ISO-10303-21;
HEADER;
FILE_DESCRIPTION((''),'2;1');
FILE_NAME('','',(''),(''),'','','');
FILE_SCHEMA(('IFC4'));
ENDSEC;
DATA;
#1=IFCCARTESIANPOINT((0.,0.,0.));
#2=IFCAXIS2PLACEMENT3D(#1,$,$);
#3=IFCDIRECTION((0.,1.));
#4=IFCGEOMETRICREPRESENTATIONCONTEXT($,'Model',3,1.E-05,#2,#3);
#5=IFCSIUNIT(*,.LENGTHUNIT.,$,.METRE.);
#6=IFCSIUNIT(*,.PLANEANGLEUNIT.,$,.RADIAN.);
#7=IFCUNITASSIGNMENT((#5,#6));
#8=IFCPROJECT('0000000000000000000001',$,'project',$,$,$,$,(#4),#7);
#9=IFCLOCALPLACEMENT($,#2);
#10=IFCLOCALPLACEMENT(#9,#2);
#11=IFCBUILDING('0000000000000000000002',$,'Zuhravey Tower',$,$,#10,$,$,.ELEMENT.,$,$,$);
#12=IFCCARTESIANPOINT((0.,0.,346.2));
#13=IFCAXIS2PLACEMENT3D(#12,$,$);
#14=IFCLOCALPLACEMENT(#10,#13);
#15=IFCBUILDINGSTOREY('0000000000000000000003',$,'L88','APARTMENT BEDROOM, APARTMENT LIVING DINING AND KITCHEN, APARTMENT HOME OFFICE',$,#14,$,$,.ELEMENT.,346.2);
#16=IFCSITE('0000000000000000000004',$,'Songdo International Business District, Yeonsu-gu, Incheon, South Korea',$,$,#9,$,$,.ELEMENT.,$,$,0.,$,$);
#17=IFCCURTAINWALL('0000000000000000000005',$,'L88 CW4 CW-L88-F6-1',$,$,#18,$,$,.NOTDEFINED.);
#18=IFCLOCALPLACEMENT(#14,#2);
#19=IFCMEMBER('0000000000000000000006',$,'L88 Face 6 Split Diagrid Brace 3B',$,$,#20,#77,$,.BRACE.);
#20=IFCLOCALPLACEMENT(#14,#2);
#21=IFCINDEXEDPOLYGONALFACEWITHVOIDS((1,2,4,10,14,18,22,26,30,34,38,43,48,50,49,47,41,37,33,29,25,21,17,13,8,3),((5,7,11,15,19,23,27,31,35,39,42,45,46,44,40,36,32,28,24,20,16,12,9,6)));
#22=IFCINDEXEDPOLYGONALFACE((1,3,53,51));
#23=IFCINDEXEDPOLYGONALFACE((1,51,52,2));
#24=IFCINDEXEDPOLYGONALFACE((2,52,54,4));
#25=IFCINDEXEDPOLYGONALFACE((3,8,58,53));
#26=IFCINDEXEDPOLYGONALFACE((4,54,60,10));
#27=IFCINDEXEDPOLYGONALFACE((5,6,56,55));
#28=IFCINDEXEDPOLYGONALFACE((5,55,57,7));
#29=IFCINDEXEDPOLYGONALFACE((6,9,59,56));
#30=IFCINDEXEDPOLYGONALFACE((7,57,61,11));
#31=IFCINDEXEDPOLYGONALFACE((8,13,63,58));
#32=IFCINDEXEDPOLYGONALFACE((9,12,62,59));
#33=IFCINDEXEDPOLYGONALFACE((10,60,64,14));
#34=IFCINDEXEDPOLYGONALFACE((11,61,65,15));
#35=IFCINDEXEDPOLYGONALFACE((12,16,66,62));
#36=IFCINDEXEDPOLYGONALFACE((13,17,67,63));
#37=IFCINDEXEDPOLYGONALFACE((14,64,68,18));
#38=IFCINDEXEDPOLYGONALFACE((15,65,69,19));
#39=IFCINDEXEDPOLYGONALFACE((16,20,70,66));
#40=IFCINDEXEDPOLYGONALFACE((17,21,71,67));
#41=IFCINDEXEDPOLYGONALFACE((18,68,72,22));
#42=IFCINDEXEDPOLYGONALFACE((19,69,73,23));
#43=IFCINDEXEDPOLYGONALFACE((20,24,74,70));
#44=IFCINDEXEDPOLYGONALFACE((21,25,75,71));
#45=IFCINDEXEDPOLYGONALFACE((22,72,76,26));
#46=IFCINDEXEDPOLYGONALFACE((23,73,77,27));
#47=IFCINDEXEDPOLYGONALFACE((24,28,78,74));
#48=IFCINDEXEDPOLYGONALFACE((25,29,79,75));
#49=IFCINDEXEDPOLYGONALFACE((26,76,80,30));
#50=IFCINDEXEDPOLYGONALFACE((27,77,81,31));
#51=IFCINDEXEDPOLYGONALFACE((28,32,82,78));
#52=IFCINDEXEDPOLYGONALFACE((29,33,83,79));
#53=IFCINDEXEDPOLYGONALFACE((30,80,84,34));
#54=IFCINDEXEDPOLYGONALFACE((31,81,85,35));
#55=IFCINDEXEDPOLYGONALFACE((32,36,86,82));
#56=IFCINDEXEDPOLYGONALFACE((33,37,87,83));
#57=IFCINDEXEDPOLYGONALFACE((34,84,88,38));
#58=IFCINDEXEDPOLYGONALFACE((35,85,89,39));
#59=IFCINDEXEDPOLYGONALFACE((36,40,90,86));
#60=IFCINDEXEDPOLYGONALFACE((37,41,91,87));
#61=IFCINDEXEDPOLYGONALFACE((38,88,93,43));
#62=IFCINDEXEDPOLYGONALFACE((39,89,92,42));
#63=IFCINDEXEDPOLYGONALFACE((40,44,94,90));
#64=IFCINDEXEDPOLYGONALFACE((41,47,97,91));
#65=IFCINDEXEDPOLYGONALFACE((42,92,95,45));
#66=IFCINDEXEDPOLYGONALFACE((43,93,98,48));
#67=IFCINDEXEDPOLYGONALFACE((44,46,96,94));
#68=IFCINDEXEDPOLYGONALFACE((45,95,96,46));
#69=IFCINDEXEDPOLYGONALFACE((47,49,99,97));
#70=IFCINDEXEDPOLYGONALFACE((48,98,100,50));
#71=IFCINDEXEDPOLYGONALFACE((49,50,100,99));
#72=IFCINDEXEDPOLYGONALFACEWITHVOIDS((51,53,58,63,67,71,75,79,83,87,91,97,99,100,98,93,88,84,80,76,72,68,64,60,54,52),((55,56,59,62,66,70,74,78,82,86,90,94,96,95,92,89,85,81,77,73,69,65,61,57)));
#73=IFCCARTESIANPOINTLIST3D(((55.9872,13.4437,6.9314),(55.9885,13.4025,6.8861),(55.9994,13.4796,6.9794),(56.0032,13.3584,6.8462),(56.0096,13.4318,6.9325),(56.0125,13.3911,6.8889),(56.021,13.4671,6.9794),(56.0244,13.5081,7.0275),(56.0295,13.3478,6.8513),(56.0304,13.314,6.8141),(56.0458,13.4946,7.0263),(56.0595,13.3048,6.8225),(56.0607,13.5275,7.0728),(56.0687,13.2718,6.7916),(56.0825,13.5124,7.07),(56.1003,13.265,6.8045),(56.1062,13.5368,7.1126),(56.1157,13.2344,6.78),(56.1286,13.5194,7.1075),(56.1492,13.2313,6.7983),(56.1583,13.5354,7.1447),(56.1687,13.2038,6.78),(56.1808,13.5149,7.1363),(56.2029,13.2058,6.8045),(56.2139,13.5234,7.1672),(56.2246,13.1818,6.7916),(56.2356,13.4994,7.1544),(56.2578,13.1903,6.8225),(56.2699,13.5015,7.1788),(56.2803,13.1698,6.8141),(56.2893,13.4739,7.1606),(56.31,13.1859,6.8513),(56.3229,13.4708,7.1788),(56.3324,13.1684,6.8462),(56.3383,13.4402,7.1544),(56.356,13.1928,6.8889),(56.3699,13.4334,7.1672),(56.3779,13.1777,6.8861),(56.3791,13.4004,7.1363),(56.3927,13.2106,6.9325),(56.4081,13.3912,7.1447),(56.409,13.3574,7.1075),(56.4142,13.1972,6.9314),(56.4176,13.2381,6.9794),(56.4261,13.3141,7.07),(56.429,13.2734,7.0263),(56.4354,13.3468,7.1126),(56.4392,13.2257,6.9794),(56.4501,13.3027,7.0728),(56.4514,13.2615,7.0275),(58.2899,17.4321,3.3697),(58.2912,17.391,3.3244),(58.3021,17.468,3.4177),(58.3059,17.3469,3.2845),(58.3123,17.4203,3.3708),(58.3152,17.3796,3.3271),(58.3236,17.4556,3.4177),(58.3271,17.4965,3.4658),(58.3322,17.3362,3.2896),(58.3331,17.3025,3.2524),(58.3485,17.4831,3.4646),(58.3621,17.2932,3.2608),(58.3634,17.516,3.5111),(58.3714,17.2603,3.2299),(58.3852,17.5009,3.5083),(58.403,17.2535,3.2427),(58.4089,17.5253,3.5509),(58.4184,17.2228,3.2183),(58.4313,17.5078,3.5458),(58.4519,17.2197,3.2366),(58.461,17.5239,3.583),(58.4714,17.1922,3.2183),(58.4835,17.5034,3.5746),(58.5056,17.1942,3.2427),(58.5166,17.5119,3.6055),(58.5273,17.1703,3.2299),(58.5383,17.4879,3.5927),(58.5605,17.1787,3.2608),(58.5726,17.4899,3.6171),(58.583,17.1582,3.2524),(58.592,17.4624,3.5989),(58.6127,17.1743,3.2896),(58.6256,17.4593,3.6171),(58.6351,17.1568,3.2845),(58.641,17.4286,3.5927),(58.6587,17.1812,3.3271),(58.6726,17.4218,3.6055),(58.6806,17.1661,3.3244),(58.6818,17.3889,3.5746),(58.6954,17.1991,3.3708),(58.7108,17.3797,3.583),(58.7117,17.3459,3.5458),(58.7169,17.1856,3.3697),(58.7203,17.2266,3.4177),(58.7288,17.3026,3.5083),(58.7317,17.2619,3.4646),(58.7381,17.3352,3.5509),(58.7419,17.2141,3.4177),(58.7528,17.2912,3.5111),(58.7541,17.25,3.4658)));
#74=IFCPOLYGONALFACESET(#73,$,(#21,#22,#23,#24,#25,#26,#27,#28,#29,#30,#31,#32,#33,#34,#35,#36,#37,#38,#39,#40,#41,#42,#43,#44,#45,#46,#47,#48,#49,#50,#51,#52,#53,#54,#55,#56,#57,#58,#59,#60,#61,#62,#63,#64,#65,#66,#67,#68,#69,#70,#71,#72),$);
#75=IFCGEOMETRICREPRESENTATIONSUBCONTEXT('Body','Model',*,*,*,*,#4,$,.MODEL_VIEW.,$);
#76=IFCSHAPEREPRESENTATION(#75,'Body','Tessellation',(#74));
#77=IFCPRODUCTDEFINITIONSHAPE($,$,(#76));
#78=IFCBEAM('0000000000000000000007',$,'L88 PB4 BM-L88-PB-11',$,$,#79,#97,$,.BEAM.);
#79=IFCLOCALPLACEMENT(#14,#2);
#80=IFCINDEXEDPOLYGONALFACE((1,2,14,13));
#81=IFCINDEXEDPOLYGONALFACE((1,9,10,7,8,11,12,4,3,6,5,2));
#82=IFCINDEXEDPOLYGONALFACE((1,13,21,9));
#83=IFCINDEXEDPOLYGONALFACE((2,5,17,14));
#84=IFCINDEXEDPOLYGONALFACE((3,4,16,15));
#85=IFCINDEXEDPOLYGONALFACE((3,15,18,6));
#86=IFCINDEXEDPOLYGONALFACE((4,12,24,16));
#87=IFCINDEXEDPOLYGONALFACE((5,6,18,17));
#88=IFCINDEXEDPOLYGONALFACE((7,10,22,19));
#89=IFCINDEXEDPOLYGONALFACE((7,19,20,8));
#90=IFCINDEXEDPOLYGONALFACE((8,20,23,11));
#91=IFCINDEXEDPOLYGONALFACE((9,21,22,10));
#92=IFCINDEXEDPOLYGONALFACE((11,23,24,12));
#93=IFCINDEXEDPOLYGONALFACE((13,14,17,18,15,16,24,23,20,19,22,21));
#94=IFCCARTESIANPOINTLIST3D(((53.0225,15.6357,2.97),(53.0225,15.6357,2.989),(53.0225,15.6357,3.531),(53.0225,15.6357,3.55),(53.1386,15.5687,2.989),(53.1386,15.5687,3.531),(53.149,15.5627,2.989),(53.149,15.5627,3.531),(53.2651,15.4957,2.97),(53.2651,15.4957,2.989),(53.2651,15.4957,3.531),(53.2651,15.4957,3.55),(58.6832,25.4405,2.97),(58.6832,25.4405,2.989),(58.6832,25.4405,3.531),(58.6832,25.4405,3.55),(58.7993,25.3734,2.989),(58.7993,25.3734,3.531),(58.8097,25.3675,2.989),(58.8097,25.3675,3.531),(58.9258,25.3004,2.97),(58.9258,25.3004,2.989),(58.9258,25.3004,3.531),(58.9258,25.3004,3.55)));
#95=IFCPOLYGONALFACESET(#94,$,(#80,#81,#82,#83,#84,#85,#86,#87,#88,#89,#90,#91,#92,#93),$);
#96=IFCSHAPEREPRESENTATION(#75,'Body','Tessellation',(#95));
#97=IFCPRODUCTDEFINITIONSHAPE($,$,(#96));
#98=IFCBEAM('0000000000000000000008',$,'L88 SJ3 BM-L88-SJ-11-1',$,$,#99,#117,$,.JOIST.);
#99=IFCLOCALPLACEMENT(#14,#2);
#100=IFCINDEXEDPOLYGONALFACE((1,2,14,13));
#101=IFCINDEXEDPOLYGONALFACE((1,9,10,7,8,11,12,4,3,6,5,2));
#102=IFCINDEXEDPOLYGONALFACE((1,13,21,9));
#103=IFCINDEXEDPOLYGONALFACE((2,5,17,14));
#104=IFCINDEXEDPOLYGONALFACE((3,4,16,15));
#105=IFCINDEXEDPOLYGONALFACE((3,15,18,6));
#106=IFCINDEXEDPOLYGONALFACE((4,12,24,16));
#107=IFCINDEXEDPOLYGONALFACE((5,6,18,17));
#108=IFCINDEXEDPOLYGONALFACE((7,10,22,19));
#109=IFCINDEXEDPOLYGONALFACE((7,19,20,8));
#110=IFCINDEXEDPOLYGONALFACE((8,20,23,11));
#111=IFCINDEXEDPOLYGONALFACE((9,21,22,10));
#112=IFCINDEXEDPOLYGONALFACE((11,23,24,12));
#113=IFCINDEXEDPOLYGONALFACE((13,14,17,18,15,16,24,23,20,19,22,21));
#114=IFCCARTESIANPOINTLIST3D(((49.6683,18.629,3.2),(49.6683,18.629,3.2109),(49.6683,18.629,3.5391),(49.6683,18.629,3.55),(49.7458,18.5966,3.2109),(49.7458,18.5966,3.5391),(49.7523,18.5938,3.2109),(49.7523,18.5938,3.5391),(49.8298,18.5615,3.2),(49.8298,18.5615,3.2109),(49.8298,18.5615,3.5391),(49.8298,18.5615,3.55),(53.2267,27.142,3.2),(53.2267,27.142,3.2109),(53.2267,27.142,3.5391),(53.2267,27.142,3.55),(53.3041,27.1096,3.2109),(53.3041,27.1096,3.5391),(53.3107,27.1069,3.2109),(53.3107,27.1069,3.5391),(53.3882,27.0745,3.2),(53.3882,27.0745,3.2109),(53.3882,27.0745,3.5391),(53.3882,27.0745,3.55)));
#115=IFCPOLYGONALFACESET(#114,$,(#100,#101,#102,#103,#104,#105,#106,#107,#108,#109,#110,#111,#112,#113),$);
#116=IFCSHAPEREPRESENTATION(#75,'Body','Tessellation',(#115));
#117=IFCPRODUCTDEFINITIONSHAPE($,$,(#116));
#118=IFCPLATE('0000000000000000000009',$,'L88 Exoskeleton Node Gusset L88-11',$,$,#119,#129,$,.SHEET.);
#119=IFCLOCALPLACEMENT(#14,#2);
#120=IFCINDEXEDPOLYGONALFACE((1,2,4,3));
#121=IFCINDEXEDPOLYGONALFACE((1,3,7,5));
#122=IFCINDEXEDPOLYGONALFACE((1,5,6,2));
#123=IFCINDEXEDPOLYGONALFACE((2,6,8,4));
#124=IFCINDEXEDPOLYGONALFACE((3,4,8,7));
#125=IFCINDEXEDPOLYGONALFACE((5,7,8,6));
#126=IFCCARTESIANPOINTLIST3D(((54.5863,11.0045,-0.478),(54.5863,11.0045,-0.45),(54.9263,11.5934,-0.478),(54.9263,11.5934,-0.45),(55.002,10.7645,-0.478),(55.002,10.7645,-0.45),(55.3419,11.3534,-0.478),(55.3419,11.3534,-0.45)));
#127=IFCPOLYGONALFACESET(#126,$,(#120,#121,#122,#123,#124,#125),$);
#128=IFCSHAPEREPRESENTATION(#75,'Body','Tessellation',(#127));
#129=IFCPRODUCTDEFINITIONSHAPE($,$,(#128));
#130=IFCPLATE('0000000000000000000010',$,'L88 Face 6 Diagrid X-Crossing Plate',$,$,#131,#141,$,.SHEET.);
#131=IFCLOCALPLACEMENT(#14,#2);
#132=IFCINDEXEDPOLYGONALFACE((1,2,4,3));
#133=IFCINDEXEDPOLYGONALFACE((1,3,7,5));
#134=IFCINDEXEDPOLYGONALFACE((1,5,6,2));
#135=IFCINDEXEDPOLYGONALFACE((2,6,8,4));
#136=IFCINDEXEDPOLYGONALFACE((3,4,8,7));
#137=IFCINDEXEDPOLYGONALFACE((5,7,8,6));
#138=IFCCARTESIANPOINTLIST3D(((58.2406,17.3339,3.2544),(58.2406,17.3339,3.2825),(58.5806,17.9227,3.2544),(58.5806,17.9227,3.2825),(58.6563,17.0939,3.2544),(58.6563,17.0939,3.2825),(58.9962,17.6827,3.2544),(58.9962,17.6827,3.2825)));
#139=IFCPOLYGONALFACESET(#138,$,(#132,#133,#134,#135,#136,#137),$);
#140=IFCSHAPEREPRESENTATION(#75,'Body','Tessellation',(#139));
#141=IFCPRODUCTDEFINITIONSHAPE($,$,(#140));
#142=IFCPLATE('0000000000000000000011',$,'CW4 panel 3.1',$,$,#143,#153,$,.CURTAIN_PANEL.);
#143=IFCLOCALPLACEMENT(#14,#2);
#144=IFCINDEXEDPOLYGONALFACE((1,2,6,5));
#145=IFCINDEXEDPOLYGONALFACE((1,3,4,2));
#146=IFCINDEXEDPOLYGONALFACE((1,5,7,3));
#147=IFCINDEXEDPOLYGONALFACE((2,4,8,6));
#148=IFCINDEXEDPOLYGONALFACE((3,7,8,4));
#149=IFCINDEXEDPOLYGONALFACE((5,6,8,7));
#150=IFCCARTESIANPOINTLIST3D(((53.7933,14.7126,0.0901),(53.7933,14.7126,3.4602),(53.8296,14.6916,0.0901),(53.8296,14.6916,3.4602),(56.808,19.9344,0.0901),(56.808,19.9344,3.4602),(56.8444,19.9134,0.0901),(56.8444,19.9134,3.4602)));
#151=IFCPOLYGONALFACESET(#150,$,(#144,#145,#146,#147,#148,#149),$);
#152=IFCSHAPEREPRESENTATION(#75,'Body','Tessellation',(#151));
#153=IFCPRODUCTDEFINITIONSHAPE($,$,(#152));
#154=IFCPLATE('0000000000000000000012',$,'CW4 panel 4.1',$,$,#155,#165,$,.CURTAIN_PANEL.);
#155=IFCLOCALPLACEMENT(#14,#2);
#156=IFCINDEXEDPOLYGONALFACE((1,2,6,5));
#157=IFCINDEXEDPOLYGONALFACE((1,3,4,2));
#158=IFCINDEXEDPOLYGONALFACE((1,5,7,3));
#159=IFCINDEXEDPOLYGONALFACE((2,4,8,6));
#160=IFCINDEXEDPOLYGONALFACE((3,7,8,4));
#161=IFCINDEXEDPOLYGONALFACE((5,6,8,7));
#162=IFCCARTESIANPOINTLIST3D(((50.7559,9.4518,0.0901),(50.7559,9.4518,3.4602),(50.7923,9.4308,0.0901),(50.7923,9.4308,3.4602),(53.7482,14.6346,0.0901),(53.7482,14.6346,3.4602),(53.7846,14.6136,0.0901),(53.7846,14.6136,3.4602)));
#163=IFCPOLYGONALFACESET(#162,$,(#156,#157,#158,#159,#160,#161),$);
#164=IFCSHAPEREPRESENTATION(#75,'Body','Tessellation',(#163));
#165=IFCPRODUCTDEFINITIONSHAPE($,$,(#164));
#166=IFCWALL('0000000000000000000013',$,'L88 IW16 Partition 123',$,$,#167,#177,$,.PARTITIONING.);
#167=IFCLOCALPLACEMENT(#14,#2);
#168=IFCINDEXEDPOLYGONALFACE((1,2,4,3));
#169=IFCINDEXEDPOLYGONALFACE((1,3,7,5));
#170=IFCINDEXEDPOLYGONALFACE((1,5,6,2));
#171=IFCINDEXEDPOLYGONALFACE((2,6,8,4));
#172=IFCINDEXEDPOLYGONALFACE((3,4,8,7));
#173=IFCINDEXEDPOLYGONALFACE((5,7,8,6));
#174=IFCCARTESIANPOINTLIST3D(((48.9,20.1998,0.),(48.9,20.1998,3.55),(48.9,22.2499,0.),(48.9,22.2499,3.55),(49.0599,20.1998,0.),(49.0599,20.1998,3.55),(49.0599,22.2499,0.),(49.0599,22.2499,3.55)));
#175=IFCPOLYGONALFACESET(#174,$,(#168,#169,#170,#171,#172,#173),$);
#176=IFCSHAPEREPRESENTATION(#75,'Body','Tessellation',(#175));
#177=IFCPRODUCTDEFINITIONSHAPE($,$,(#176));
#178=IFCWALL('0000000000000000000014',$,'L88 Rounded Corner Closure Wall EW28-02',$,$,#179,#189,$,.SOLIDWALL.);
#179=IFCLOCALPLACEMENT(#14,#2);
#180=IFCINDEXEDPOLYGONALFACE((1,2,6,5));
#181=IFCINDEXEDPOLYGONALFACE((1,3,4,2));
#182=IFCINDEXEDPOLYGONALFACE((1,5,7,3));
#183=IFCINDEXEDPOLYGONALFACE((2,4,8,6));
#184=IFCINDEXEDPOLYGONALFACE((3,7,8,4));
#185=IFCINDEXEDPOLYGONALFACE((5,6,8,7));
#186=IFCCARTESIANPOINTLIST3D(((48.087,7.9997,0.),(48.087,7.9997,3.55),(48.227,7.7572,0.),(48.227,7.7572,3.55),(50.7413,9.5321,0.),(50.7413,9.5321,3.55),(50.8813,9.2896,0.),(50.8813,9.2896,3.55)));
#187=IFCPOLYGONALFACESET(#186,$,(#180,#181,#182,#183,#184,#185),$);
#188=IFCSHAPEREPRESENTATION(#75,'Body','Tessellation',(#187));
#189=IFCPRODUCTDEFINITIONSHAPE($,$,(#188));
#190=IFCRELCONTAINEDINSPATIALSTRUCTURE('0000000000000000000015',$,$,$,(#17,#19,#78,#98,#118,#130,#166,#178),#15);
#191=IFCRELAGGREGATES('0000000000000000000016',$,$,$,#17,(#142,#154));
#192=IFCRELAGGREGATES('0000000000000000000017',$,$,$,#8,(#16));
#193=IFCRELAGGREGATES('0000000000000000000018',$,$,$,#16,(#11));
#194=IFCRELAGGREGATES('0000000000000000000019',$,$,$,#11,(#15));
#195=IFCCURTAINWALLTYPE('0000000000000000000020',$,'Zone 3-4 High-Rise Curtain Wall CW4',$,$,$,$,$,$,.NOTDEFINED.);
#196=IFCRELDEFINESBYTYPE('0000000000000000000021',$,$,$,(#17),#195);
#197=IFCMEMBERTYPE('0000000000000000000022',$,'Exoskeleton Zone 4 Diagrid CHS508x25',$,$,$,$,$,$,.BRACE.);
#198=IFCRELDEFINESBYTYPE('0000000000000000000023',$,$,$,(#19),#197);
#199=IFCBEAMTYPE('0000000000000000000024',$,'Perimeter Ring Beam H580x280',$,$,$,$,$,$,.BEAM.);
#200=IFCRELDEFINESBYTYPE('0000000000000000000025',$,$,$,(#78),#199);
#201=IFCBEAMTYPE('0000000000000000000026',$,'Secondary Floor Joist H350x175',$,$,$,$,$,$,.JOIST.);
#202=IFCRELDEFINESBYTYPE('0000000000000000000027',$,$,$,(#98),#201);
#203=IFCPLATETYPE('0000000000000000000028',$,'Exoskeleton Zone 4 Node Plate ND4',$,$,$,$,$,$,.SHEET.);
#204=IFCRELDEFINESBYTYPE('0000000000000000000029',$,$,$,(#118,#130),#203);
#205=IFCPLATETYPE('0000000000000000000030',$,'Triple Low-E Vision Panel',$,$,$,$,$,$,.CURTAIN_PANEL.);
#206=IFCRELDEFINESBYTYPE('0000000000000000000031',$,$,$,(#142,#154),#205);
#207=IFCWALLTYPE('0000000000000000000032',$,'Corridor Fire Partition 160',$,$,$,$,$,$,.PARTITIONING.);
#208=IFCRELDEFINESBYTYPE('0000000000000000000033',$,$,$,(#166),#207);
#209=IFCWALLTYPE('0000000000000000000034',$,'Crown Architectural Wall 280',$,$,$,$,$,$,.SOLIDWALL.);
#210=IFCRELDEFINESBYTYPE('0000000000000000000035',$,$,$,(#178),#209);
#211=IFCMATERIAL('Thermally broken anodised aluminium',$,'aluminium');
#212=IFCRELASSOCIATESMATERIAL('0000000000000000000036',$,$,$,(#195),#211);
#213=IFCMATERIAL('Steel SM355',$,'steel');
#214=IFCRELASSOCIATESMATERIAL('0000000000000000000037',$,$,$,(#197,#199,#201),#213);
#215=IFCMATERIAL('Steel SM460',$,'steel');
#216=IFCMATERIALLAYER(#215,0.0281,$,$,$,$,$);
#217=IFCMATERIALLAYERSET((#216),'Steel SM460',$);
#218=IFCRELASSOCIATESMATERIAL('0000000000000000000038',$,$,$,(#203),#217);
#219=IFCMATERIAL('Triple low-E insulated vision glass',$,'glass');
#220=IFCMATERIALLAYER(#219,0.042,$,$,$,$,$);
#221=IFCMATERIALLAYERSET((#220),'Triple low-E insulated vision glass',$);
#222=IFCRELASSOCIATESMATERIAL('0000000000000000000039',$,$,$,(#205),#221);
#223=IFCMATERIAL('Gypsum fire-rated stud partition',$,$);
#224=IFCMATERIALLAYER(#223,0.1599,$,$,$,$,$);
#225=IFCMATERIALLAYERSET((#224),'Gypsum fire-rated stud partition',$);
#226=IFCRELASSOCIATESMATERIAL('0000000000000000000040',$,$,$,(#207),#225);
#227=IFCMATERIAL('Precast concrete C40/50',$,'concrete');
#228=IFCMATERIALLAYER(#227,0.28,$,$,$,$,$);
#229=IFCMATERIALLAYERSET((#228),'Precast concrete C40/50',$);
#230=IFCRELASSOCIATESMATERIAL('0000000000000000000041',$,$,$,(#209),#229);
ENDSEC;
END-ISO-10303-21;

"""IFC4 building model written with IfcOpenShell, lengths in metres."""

from ifc_helpers import new_model, si_unit, direction, frame, frame_2d, origin, origin_2d, place, context, subcontext, project, spatial, rectangle, hollow_circle, i_section, extrude, material, layer, layer_set, material_profile, profile_set, type_object, element, aggregate, save


model = new_model("IFC4")

# Units and contexts
model_context = context("Model", 3, precision=1e-05, world=origin(), true_north=direction((0.0, 1.0)))
body_context = subcontext(model_context, "Body", "Model", "MODEL_VIEW")
ifc_project = project(units=[si_unit("LENGTHUNIT", "METRE"), si_unit("PLANEANGLEUNIT", "RADIAN")], contexts=[model_context])

# Site, building, storey
site_placement = place(None, origin())
site = spatial("IfcSite", under=ifc_project, at=site_placement, Name="Songdo International Business District, Yeonsu-gu, Incheon, South Korea", CompositionType="ELEMENT", RefElevation=0.0)
building_placement = place(site_placement, origin())
building = spatial("IfcBuilding", under=site, at=building_placement, Name="Zuhravey Tower", CompositionType="ELEMENT")
storey_placement = place(building_placement, frame((0.0, 0.0, 346.2)))
storey = spatial("IfcBuildingStorey", under=building, at=storey_placement, Name="L88", Description="APARTMENT BEDROOM, APARTMENT LIVING DINING AND KITCHEN, APARTMENT HOME OFFICE", CompositionType="ELEMENT", Elevation=346.2)

# Curtain wall
ifc_material_1 = material(Name="Thermally broken anodised aluminium", Category="aluminium")
curtain_wall_type = type_object("IfcCurtainWallType", Name="Zone 3-4 High-Rise Curtain Wall CW4", PredefinedType="NOTDEFINED", material=ifc_material_1)
curtain_wall_1_placement = place(storey_placement, origin())
curtain_wall_1 = element("IfcCurtainWall", 1, at=curtain_wall_1_placement, inside=storey, type_object=curtain_wall_type, Name="L88 CW4 CW-L88-F6-1", PredefinedType="NOTDEFINED")

# Member
ifc_material_2 = material(Name="Steel SM355", Category="steel")
ifc_material_profile_1 = material_profile(ifc_material_2, hollow_circle(Radius=0.2539, WallThickness=0.0249, at=origin_2d()), Name="CHS-508.0x25")
ifc_profile_set_1 = profile_set([ifc_material_profile_1], Name="Steel SM355")
member_type_1 = type_object("IfcMemberType", Name="Exoskeleton Zone 4 Diagrid CHS508x25", PredefinedType="BRACE", material=ifc_profile_set_1)
member_1_placement = place(storey_placement, frame((58.522, 17.3411, 3.4177), z_axis=(-0.395515, -0.685064, 0.611764), x_axis=(0.866029, -0.499993, 0.0)))
element("IfcMember", 2, at=member_1_placement, inside=storey, type_object=member_type_1, Name="L88 Face 6 Split Diagrid Brace 3B", PredefinedType="BRACE", context=body_context, shape_type="SweptSolid", body=[
    extrude(hollow_circle(Radius=0.2539, WallThickness=0.0249, at=origin_2d()), origin(), (0.0, 0.0, 1.0), 5.822),
])

# Beams
ifc_material_profile_2 = material_profile(ifc_material_2, i_section(OverallWidth=0.28, OverallDepth=0.5801, WebThickness=0.012, FlangeThickness=0.019, at=origin_2d()), Name="H-580x280x12x19")
ifc_profile_set_2 = profile_set([ifc_material_profile_2], Name="Steel SM355")
beam_type_1 = type_object("IfcBeamType", Name="Perimeter Ring Beam H580x280", PredefinedType="BEAM", material=ifc_profile_set_2)
beam_1_placement = place(storey_placement, frame((53.1438, 15.5657, 3.26), z_axis=(0.499994, 0.866029, 0.0), x_axis=(-0.866029, 0.499994, 0.0)))
element("IfcBeam", 3, at=beam_1_placement, inside=storey, type_object=beam_type_1, Name="L88 PB4 BM-L88-PB-11", PredefinedType="BEAM", context=body_context, shape_type="SweptSolid", body=[
    extrude(i_section(OverallWidth=0.28, OverallDepth=0.5801, WebThickness=0.012, FlangeThickness=0.019, at=origin_2d()), origin(), (0.0, 0.0, 1.0), 11.3215),
])
ifc_material_profile_3 = material_profile(ifc_material_2, i_section(OverallWidth=0.175, OverallDepth=0.3501, WebThickness=0.0071, FlangeThickness=0.011, at=origin_2d()), Name="H-350x175x7x11")
ifc_profile_set_3 = profile_set([ifc_material_profile_3], Name="Steel SM355")
beam_type_2 = type_object("IfcBeamType", Name="Secondary Floor Joist H350x175", PredefinedType="JOIST", material=ifc_profile_set_3)
beam_2_placement = place(storey_placement, frame((49.749, 18.5952, 3.375), z_axis=(0.385658, 0.922642, 0.0), x_axis=(-0.922642, 0.385658, 0.0)))
element("IfcBeam", 4, at=beam_2_placement, inside=storey, type_object=beam_type_2, Name="L88 SJ3 BM-L88-SJ-11-1", PredefinedType="JOIST", context=body_context, shape_type="SweptSolid", body=[
    extrude(i_section(OverallWidth=0.175, OverallDepth=0.3501, WebThickness=0.0071, FlangeThickness=0.011, at=origin_2d()), origin(), (0.0, 0.0, 1.0), 9.2268),
])

# Plates
ifc_material_3 = material(Name="Steel SM460", Category="steel")
ifc_layer_1 = layer(ifc_material_3, 0.0281)
ifc_layer_set_1 = layer_set([ifc_layer_1], Name="Steel SM460")
plate_type_1 = type_object("IfcPlateType", Name="Exoskeleton Zone 4 Node Plate ND4", PredefinedType="SHEET", material=ifc_layer_set_1)
for number, where, z_axis, x_axis, name in (
    (5, (54.9641, 11.179, -0.478), (0.0, 0.0, 1.0), (0.5, 0.866025, 0.0), "L88 Exoskeleton Node Gusset L88-11"),
    (6, (58.6184, 17.5083, 3.2544), (0.0, 0.0, 1.0), (0.5, 0.866025, 0.0), "L88 Face 6 Diagrid X-Crossing Plate"),
):
    element("IfcPlate", number, at=place(storey_placement, frame(where, z_axis=z_axis, x_axis=x_axis)), inside=storey, type_object=plate_type_1, Name=name, PredefinedType="SHEET", context=body_context, shape_type="SweptSolid", body=[
        extrude(rectangle(XDim=0.6799, YDim=0.48, at=origin_2d()), origin(), (0.0, 0.0, 1.0), 0.0281),
    ])

# Plates
ifc_material_4 = material(Name="Triple low-E insulated vision glass", Category="glass")
ifc_layer_2 = layer(ifc_material_4, 0.042)
ifc_layer_set_2 = layer_set([ifc_layer_2], Name="Triple low-E insulated vision glass")
plate_type_2 = type_object("IfcPlateType", Name="Triple Low-E Vision Panel", PredefinedType="CURTAIN_PANEL", material=ifc_layer_set_2)
plate_1_placement = place(storey_placement, frame((55.3188, 17.313, 0.0901), z_axis=(0.0, 0.0, 1.0), x_axis=(-0.5, -0.866026, 0.0)))
plate_1 = element("IfcPlate", 7, at=plate_1_placement, type_object=plate_type_2, Name="CW4 panel 3.1", PredefinedType="CURTAIN_PANEL", context=body_context, shape_type="SweptSolid", body=[
    extrude(rectangle(XDim=6.0295, YDim=0.042, at=origin_2d()), origin(), (0.0, 0.0, 1.0), 3.3701),
])
plate_2_placement = place(storey_placement, frame((52.2703, 12.0327, 0.0901), z_axis=(0.0, 0.0, 1.0), x_axis=(-0.5, -0.866026, 0.0)))
plate_2 = element("IfcPlate", 8, at=plate_2_placement, type_object=plate_type_2, Name="CW4 panel 4.1", PredefinedType="CURTAIN_PANEL", context=body_context, shape_type="SweptSolid", body=[
    extrude(rectangle(XDim=5.9846, YDim=0.042, at=origin_2d()), origin(), (0.0, 0.0, 1.0), 3.3701),
])
aggregate(curtain_wall_1, [plate_1, plate_2])

# Walls
ifc_material_5 = material(Name="Gypsum fire-rated stud partition")
ifc_layer_3 = layer(ifc_material_5, 0.1599)
ifc_layer_set_3 = layer_set([ifc_layer_3], Name="Gypsum fire-rated stud partition")
wall_type_1 = type_object("IfcWallType", Name="Corridor Fire Partition 160", PredefinedType="PARTITIONING", material=ifc_layer_set_3)
wall_1_placement = place(storey_placement, frame((48.98, 20.2, 0.0), z_axis=(0.0, 0.0, 1.0), x_axis=(0.0, 1.0, 0.0)))
element("IfcWall", 9, at=wall_1_placement, inside=storey, type_object=wall_type_1, Name="L88 IW16 Partition 123", PredefinedType="PARTITIONING", context=body_context, shape_type="SweptSolid", body=[
    extrude(rectangle(XDim=2.05, YDim=0.1599, at=frame_2d((1.0249, 0.0))), origin(), (0.0, 0.0, 1.0), 3.55),
])
ifc_material_6 = material(Name="Precast concrete C40/50", Category="concrete")
ifc_layer_4 = layer(ifc_material_6, 0.28)
ifc_layer_set_4 = layer_set([ifc_layer_4], Name="Precast concrete C40/50")
wall_type_2 = type_object("IfcWallType", Name="Crown Architectural Wall 280", PredefinedType="SOLIDWALL", material=ifc_layer_set_4)
wall_2_placement = place(storey_placement, frame((50.8113, 9.4109, 0.0), z_axis=(0.0, 0.0, 1.0), x_axis=(-0.866024, -0.500003, 0.0)))
element("IfcWall", 10, at=wall_2_placement, inside=storey, type_object=wall_type_2, Name="L88 Rounded Corner Closure Wall EW28-02", PredefinedType="SOLIDWALL", context=body_context, shape_type="SweptSolid", body=[
    extrude(rectangle(XDim=3.0649, YDim=0.28, at=frame_2d((1.5325, 0.0))), origin(), (0.0, 0.0, 1.0), 3.55),
])

save(model, "model.ifc")
